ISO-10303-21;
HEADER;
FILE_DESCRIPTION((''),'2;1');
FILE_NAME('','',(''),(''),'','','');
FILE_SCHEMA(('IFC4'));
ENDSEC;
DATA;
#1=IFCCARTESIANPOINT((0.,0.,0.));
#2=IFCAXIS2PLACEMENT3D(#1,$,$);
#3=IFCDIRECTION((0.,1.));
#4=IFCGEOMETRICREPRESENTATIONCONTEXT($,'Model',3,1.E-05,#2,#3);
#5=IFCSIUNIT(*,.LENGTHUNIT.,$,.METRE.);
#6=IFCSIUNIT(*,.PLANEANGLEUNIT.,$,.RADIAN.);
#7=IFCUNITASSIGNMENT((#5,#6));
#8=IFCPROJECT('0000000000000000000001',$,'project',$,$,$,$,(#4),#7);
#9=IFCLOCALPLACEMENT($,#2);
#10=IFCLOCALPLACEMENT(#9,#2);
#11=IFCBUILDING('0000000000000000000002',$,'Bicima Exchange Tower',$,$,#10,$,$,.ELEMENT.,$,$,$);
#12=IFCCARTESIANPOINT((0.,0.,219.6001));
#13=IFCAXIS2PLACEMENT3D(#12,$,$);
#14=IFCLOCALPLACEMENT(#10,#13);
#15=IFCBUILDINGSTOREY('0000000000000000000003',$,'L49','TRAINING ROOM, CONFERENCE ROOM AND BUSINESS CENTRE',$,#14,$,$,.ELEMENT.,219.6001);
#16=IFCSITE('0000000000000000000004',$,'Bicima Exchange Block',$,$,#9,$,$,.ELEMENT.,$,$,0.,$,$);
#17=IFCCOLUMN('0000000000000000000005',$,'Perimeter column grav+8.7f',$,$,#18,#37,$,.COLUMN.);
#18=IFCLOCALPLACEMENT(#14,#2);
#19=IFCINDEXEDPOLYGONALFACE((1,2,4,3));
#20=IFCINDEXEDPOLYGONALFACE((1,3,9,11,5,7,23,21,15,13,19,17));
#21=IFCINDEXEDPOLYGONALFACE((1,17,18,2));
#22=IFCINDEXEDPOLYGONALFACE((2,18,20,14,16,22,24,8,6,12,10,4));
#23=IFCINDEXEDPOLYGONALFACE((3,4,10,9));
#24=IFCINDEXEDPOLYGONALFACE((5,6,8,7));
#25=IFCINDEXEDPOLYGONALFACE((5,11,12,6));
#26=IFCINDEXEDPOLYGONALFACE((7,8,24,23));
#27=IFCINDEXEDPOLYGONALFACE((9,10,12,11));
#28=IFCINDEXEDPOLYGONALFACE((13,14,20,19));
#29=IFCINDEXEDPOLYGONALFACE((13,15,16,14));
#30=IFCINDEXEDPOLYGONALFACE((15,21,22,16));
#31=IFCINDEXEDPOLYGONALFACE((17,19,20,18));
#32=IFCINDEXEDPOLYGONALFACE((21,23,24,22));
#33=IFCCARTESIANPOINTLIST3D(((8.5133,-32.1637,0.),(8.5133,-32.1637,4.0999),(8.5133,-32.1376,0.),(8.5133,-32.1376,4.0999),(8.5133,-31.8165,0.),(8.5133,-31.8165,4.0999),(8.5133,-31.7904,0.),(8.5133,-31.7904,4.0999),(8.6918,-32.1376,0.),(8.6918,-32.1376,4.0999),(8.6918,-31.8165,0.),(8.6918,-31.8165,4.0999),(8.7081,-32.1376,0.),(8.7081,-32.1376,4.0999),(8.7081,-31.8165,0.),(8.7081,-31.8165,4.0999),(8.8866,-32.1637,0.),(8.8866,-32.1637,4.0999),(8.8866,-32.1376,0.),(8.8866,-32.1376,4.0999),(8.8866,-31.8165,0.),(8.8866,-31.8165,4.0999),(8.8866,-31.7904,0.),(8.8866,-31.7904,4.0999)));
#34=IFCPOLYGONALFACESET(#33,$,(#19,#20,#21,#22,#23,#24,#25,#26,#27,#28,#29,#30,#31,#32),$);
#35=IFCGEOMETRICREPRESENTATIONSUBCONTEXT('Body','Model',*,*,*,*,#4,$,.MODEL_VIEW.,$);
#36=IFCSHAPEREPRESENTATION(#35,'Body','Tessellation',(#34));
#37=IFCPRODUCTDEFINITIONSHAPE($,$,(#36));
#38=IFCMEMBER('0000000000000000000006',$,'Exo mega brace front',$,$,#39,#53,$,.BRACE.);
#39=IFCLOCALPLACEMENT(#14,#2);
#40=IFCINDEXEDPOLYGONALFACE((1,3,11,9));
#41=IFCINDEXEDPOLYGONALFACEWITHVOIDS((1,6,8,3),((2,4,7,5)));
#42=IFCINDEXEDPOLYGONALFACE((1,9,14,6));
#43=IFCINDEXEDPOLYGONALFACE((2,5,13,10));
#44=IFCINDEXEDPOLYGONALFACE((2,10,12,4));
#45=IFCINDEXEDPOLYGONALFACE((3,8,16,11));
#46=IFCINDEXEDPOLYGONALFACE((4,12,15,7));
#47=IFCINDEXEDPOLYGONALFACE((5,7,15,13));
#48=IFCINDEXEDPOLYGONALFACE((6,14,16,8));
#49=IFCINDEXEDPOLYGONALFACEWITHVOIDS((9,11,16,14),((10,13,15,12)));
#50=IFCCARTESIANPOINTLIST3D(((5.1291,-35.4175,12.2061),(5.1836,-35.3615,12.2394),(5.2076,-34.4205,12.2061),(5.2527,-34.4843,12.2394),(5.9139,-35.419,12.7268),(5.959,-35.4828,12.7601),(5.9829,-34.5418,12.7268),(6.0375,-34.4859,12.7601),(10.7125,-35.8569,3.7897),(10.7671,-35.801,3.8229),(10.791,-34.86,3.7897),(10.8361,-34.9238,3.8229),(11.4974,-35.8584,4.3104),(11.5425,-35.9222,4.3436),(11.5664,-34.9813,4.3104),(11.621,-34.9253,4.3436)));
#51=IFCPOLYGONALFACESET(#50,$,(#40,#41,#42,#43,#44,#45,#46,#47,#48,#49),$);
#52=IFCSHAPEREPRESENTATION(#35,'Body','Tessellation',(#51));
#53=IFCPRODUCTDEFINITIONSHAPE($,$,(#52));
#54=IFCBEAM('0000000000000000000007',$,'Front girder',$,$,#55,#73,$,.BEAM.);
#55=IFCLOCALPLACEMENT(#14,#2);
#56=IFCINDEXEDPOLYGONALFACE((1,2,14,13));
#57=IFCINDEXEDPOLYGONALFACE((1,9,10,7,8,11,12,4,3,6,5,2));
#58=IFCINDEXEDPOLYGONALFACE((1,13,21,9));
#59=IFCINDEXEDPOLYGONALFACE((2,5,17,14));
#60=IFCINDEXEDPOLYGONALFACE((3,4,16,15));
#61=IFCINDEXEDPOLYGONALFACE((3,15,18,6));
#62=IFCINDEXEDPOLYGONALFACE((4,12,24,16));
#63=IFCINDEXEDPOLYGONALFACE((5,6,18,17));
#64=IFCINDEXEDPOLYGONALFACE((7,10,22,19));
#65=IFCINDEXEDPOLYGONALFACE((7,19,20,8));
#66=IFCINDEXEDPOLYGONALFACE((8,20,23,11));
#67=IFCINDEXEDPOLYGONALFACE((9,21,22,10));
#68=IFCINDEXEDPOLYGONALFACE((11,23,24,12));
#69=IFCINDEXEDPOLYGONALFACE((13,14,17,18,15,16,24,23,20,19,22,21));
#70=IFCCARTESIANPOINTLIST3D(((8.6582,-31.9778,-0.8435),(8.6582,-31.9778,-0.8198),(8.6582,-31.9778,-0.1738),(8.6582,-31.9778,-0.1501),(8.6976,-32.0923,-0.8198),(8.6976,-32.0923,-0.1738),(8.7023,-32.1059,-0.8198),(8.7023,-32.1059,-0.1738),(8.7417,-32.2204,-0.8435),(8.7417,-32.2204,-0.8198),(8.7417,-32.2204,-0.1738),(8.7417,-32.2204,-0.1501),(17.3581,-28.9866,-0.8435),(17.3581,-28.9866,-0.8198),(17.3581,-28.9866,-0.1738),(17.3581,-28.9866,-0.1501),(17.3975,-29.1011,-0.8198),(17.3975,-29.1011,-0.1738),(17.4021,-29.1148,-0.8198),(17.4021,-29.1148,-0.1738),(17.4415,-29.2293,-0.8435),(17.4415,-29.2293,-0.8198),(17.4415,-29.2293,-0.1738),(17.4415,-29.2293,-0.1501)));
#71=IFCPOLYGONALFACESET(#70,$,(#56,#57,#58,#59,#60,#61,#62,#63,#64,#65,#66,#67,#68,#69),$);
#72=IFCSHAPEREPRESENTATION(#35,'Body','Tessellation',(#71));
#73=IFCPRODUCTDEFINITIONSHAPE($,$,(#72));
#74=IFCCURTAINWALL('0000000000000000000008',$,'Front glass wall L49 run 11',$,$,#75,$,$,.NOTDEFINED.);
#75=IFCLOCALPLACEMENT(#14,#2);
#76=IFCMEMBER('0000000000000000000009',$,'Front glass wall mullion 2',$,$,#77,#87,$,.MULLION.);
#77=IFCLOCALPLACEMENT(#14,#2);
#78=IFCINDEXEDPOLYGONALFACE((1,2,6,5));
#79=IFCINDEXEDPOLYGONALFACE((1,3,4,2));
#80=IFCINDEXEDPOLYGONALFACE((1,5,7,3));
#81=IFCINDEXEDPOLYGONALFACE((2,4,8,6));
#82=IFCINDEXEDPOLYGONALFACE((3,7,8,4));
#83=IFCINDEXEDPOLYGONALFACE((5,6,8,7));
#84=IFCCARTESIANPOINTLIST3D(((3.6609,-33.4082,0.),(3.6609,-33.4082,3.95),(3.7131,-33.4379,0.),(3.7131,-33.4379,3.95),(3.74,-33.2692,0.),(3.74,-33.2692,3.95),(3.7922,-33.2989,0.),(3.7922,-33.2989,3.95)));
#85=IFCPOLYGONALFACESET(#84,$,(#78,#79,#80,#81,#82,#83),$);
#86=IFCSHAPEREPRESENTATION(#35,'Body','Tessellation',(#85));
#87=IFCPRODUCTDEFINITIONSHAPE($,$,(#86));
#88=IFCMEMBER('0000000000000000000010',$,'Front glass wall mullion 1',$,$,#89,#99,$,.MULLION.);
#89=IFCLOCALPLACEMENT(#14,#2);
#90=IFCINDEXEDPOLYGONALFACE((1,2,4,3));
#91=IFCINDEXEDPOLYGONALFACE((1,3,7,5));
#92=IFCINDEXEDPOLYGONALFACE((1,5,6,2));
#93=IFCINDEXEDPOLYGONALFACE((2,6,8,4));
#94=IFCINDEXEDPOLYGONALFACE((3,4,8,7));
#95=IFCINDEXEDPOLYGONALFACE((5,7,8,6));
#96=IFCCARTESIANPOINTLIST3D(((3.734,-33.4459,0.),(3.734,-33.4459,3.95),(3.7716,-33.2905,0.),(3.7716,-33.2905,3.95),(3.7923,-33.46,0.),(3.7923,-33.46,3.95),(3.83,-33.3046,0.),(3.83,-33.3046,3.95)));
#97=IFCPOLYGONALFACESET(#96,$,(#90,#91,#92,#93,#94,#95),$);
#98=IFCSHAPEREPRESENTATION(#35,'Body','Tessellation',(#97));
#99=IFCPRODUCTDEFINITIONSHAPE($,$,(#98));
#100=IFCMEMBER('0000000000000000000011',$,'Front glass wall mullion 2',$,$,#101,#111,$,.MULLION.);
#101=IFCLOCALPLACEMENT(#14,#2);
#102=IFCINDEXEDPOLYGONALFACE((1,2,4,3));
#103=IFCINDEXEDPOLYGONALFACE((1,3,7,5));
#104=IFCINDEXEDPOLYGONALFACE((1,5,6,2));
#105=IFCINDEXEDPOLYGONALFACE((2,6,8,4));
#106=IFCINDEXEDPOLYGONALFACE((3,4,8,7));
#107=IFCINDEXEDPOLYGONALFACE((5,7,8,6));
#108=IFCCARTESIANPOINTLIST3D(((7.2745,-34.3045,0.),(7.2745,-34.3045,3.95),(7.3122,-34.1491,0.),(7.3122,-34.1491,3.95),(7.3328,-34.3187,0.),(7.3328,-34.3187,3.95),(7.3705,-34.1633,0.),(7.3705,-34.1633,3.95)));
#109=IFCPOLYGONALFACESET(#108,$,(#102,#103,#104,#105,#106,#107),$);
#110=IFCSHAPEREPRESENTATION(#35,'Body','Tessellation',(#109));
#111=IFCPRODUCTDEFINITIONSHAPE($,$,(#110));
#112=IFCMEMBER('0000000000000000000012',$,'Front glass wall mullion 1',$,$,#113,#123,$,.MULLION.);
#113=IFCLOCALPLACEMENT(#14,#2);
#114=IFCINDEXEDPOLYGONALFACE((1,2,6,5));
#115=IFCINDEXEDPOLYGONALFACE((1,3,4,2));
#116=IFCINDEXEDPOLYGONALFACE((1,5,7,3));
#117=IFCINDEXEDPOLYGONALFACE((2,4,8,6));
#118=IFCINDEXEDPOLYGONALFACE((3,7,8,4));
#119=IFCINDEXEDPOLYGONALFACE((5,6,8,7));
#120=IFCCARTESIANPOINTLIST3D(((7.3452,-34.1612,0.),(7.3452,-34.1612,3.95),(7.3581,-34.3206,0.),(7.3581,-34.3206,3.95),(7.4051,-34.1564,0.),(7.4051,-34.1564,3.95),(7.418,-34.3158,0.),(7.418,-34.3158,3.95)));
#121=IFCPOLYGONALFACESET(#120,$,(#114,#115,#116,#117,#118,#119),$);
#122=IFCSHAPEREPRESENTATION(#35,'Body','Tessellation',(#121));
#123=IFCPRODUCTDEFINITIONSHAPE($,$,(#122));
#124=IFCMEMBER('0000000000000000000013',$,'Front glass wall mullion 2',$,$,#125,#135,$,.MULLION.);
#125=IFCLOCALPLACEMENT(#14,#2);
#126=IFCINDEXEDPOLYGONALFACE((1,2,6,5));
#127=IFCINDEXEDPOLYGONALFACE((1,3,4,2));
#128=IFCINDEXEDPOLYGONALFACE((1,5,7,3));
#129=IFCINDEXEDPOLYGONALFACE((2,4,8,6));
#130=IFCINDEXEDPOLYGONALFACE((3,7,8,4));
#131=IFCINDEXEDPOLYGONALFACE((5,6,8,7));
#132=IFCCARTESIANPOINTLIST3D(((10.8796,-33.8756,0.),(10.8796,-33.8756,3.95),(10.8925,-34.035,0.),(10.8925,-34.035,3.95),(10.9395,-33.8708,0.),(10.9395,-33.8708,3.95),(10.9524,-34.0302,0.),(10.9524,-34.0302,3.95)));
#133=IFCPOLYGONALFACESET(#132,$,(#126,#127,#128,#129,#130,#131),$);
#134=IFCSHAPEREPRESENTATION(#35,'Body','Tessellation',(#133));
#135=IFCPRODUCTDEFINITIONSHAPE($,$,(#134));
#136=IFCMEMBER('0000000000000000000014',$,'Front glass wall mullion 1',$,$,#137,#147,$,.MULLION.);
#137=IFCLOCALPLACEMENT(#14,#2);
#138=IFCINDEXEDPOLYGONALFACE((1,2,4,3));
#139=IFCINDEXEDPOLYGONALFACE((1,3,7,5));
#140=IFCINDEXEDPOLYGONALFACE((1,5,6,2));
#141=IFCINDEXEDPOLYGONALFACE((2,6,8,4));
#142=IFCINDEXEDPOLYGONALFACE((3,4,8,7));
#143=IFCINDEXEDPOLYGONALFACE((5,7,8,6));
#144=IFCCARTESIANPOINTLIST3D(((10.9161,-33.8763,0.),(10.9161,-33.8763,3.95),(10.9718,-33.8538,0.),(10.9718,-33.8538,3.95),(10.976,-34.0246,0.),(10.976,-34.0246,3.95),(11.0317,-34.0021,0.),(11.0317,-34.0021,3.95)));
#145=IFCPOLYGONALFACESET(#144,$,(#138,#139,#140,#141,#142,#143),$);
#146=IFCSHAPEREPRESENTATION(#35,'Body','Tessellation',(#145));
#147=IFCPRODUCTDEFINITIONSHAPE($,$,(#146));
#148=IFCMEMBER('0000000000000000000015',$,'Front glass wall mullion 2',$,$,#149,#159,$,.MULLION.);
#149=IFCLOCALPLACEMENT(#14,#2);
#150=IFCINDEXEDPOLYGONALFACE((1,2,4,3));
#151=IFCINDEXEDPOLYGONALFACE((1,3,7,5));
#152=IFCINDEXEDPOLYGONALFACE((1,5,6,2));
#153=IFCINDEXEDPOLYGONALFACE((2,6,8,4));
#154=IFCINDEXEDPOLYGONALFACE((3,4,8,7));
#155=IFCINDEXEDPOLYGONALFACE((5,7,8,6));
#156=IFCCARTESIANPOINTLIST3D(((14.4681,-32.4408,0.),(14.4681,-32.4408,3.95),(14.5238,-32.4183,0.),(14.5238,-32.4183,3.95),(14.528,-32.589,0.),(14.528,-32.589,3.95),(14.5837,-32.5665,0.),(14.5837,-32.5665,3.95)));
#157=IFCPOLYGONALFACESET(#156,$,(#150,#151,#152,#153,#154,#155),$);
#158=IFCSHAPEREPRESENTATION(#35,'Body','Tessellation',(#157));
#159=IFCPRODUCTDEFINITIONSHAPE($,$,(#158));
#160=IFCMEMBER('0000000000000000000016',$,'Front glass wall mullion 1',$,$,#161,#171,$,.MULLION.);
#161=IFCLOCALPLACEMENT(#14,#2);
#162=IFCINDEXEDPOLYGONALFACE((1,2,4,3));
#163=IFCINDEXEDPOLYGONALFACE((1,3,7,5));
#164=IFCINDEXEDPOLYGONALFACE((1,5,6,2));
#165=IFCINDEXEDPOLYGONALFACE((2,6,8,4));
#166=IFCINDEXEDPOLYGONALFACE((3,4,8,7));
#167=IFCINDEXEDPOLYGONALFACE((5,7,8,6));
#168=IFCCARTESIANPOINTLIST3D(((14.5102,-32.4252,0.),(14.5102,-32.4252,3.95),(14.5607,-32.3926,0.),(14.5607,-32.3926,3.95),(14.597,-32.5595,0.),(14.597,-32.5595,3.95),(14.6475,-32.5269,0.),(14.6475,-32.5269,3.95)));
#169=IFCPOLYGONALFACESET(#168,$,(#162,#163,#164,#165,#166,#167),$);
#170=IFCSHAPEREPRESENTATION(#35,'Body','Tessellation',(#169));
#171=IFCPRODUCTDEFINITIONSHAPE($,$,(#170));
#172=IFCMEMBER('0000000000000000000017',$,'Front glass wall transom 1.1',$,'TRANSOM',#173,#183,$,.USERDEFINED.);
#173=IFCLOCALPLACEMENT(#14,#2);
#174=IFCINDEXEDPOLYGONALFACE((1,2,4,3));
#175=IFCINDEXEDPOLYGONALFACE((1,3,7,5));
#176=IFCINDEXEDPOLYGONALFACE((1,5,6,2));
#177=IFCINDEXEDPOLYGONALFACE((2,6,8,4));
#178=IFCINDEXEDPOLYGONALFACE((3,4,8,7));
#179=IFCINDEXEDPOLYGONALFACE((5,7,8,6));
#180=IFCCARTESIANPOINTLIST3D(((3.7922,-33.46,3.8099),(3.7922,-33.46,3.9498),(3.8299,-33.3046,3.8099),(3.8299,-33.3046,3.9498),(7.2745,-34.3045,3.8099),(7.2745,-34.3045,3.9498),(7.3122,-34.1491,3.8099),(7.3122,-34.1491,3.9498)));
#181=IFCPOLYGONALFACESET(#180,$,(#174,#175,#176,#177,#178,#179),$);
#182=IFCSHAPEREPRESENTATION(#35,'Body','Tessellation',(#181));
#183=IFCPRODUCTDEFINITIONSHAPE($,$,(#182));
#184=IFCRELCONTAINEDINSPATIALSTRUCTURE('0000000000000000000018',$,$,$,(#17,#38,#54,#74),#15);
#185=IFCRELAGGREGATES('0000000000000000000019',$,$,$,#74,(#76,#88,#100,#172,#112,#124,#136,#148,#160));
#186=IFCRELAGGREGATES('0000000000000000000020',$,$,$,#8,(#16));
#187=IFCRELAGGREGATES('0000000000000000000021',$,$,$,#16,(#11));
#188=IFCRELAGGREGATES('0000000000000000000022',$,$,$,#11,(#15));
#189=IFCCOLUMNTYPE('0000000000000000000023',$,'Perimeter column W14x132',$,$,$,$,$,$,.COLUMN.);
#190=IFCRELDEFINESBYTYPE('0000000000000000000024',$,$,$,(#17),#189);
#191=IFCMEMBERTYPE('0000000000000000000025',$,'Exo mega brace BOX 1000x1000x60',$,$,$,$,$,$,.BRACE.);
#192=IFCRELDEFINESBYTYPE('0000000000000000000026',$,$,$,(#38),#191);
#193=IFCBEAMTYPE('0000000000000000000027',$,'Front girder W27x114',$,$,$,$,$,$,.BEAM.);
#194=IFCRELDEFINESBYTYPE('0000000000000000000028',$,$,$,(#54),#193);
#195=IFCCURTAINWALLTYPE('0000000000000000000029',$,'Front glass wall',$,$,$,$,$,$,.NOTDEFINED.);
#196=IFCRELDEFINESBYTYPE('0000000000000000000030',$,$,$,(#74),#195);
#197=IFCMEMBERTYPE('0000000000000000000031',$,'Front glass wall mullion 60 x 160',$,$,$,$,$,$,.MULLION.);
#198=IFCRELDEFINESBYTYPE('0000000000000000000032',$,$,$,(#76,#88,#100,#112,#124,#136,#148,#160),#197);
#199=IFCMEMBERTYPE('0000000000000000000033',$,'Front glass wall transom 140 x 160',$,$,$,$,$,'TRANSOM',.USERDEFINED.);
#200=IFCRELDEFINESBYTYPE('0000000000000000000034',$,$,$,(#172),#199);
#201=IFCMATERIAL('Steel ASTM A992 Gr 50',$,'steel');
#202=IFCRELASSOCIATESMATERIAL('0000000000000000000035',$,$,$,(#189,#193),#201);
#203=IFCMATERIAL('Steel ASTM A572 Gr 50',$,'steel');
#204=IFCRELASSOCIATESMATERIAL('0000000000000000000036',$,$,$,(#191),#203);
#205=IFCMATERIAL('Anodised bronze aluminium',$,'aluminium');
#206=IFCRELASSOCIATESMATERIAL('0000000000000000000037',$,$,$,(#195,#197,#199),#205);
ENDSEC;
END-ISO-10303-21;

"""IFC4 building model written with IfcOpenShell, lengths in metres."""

from ifc_helpers import new_model, si_unit, direction, frame, origin, origin_2d, place, context, subcontext, project, spatial, rectangle, hollow_rectangle, i_section, extrude, material, material_profile, profile_set, type_object, element, aggregate, save


model = new_model("IFC4")

# Units and contexts
model_context = context("Model", 3, precision=1e-05, world=origin(), true_north=direction((0.0, 1.0)))
body_context = subcontext(model_context, "Body", "Model", "MODEL_VIEW")
ifc_project = project(units=[si_unit("LENGTHUNIT", "METRE"), si_unit("PLANEANGLEUNIT", "RADIAN")], contexts=[model_context])

# Site, building, storey
site_placement = place(None, origin())
site = spatial("IfcSite", under=ifc_project, at=site_placement, Name="Bicima Exchange Block", CompositionType="ELEMENT", RefElevation=0.0)
building_placement = place(site_placement, origin())
building = spatial("IfcBuilding", under=site, at=building_placement, Name="Bicima Exchange Tower", CompositionType="ELEMENT")
storey_placement = place(building_placement, frame((0.0, 0.0, 219.6001)))
storey = spatial("IfcBuildingStorey", under=building, at=storey_placement, Name="L49", Description="TRAINING ROOM, CONFERENCE ROOM AND BUSINESS CENTRE", CompositionType="ELEMENT", Elevation=219.6001)

# Column
ifc_material_1 = material(Name="Steel ASTM A992 Gr 50", Category="steel")
ifc_material_profile_1 = material_profile(ifc_material_1, i_section(OverallWidth=0.3733, OverallDepth=0.3733, WebThickness=0.0164, FlangeThickness=0.0261, at=origin_2d()))
ifc_profile_set_1 = profile_set([ifc_material_profile_1], Name="Steel ASTM A992 Gr 50")
column_type = type_object("IfcColumnType", Name="Perimeter column W14x132", PredefinedType="COLUMN", material=ifc_profile_set_1)
column_placement = place(storey_placement, frame((8.7, -31.9771, 0.0), z_axis=(0.0, 0.0, 1.0), x_axis=(1.0, 0.0, 0.0)))
element("IfcColumn", 1, at=column_placement, inside=storey, type_object=column_type, Name="Perimeter column grav+8.7f", PredefinedType="COLUMN", context=body_context, shape_type="SweptSolid", body=[
    extrude(i_section(OverallWidth=0.3733, OverallDepth=0.3733, WebThickness=0.0164, FlangeThickness=0.0261, at=origin_2d()), origin(), (0.0, 0.0, 1.0), 4.0999),
])

# Member
ifc_material_2 = material(Name="Steel ASTM A572 Gr 50", Category="steel")
ifc_material_profile_2 = material_profile(ifc_material_2, hollow_rectangle(XDim=1.0, YDim=1.0, WallThickness=0.0601, at=origin_2d()))
ifc_profile_set_2 = profile_set([ifc_material_profile_2], Name="Steel ASTM A572 Gr 50")
member_type_1 = type_object("IfcMemberType", Name="Exo mega brace BOX 1000x1000x60", PredefinedType="BRACE", material=ifc_profile_set_2)
member_1_placement = place(storey_placement, frame((11.1667, -35.3911, 4.0667), z_axis=(-0.552291, 0.043468, 0.832517), x_axis=(-0.078463, -0.996917, 0.0)))
element("IfcMember", 2, at=member_1_placement, inside=storey, type_object=member_type_1, Name="Exo mega brace front", PredefinedType="BRACE", context=body_context, shape_type="SweptSolid", body=[
    extrude(hollow_rectangle(XDim=1.0, YDim=1.0, WallThickness=0.0601, at=origin_2d()), origin(), (0.0, 0.0, 1.0), 10.1096),
])

# Beam
ifc_material_profile_3 = material_profile(ifc_material_1, i_section(OverallWidth=0.2566, OverallDepth=0.6934, WebThickness=0.0144, FlangeThickness=0.0237, at=origin_2d()))
ifc_profile_set_3 = profile_set([ifc_material_profile_3], Name="Steel ASTM A992 Gr 50")
beam_type = type_object("IfcBeamType", Name="Front girder W27x114", PredefinedType="BEAM", material=ifc_profile_set_3)
beam_placement = place(storey_placement, frame((8.7, -32.0991, -0.4968), z_axis=(0.945666, 0.325138, 0.0), x_axis=(-0.325138, 0.945666, 0.0)))
element("IfcBeam", 3, at=beam_placement, inside=storey, type_object=beam_type, Name="Front girder", PredefinedType="BEAM", context=body_context, shape_type="SweptSolid", body=[
    extrude(i_section(OverallWidth=0.2566, OverallDepth=0.6934, WebThickness=0.0144, FlangeThickness=0.0237, at=origin_2d()), origin(), (0.0, 0.0, 1.0), 9.1997),
])

# Curtain wall, members
ifc_material_3 = material(Name="Anodised bronze aluminium", Category="aluminium")
curtain_wall_type = type_object("IfcCurtainWallType", Name="Front glass wall", PredefinedType="NOTDEFINED", material=ifc_material_3)
curtain_wall_placement = place(storey_placement, origin())
curtain_wall = element("IfcCurtainWall", 4, at=curtain_wall_placement, inside=storey, type_object=curtain_wall_type, Name="Front glass wall L49 run 11", PredefinedType="NOTDEFINED")
ifc_material_profile_4 = material_profile(ifc_material_3, rectangle(XDim=0.1599, YDim=0.0601, at=origin_2d()))
ifc_profile_set_4 = profile_set([ifc_material_profile_4], Name="Anodised bronze aluminium")
member_type_2 = type_object("IfcMemberType", Name="Front glass wall mullion 60 x 160", PredefinedType="MULLION", material=ifc_profile_set_4)
member_2_placement = place(storey_placement, frame((3.7266, -33.3535, 0.0), z_axis=(0.0, 0.0, 1.0), x_axis=(0.49433, 0.869274, 0.0)))
member_2 = element("IfcMember", 5, at=member_2_placement, type_object=member_type_2, Name="Front glass wall mullion 2", PredefinedType="MULLION", context=body_context, shape_type="SweptSolid", body=[
    extrude(rectangle(XDim=0.1599, YDim=0.0601, at=origin_2d()), origin(), (0.0, 0.0, 1.0), 3.95),
])
member_3_placement = place(storey_placement, frame((3.782, -33.3752, 0.0), z_axis=(0.0, 0.0, 1.0), x_axis=(0.235682, 0.97183, 0.0)))
member_3 = element("IfcMember", 6, at=member_3_placement, type_object=member_type_2, Name="Front glass wall mullion 1", PredefinedType="MULLION", context=body_context, shape_type="SweptSolid", body=[
    extrude(rectangle(XDim=0.1599, YDim=0.0601, at=origin_2d()), origin(), (0.0, 0.0, 1.0), 3.95),
])
member_4_placement = place(storey_placement, frame((7.3225, -34.2339, 0.0), z_axis=(0.0, 0.0, 1.0), x_axis=(0.235682, 0.97183, 0.0)))
member_4 = element("IfcMember", 7, at=member_4_placement, type_object=member_type_2, Name="Front glass wall mullion 2", PredefinedType="MULLION", context=body_context, shape_type="SweptSolid", body=[
    extrude(rectangle(XDim=0.1599, YDim=0.0601, at=origin_2d()), origin(), (0.0, 0.0, 1.0), 3.95),
])
member_5_placement = place(storey_placement, frame((7.3816, -34.2385, 0.0), z_axis=(0.0, 0.0, 1.0), x_axis=(-0.080589, 0.996747, 0.0)))
member_5 = element("IfcMember", 8, at=member_5_placement, type_object=member_type_2, Name="Front glass wall mullion 1", PredefinedType="MULLION", context=body_context, shape_type="SweptSolid", body=[
    extrude(rectangle(XDim=0.1599, YDim=0.0601, at=origin_2d()), origin(), (0.0, 0.0, 1.0), 3.95),
])
member_6_placement = place(storey_placement, frame((10.916, -33.9529, 0.0), z_axis=(0.0, 0.0, 1.0), x_axis=(-0.080589, 0.996747, 0.0)))
member_6 = element("IfcMember", 9, at=member_6_placement, type_object=member_type_2, Name="Front glass wall mullion 2", PredefinedType="MULLION", context=body_context, shape_type="SweptSolid", body=[
    extrude(rectangle(XDim=0.1599, YDim=0.0601, at=origin_2d()), origin(), (0.0, 0.0, 1.0), 3.95),
])
member_7_placement = place(storey_placement, frame((10.9739, -33.9392, 0.0), z_axis=(0.0, 0.0, 1.0), x_axis=(-0.374705, 0.927144, 0.0)))
member_7 = element("IfcMember", 10, at=member_7_placement, type_object=member_type_2, Name="Front glass wall mullion 1", PredefinedType="MULLION", context=body_context, shape_type="SweptSolid", body=[
    extrude(rectangle(XDim=0.1599, YDim=0.0601, at=origin_2d()), origin(), (0.0, 0.0, 1.0), 3.95),
])
member_8_placement = place(storey_placement, frame((14.5259, -32.5037, 0.0), z_axis=(0.0, 0.0, 1.0), x_axis=(-0.374705, 0.927144, 0.0)))
member_8 = element("IfcMember", 11, at=member_8_placement, type_object=member_type_2, Name="Front glass wall mullion 2", PredefinedType="MULLION", context=body_context, shape_type="SweptSolid", body=[
    extrude(rectangle(XDim=0.1599, YDim=0.0601, at=origin_2d()), origin(), (0.0, 0.0, 1.0), 3.95),
])
member_9_placement = place(storey_placement, frame((14.5789, -32.4761, 0.0), z_axis=(0.0, 0.0, 1.0), x_axis=(-0.542909, 0.839791, 0.0)))
member_9 = element("IfcMember", 12, at=member_9_placement, type_object=member_type_2, Name="Front glass wall mullion 1", PredefinedType="MULLION", context=body_context, shape_type="SweptSolid", body=[
    extrude(rectangle(XDim=0.1599, YDim=0.0601, at=origin_2d()), origin(), (0.0, 0.0, 1.0), 3.95),
])
ifc_material_profile_5 = material_profile(ifc_material_3, rectangle(XDim=0.1599, YDim=0.1399, at=origin_2d()))
ifc_profile_set_5 = profile_set([ifc_material_profile_5], Name="Anodised bronze aluminium")
member_type_3 = type_object("IfcMemberType", Name="Front glass wall transom 140 x 160", ElementType="TRANSOM", PredefinedType="USERDEFINED", material=ifc_profile_set_5)
member_10_placement = place(storey_placement, frame((3.811, -33.3823, 3.8799), z_axis=(0.971834, -0.235668, 0.0), x_axis=(0.235668, 0.971834, 0.0)))
member_10 = element("IfcMember", 13, at=member_10_placement, type_object=member_type_3, Name="Front glass wall transom 1.1", ObjectType="TRANSOM", PredefinedType="USERDEFINED", context=body_context, shape_type="SweptSolid", body=[
    extrude(rectangle(XDim=0.1599, YDim=0.1399, at=origin_2d()), origin(), (0.0, 0.0, 1.0), 3.5833),
])

aggregate(curtain_wall, [member_2, member_3, member_4, member_10, member_5, member_6, member_7, member_8, member_9])

save(model, "model.ifc")
